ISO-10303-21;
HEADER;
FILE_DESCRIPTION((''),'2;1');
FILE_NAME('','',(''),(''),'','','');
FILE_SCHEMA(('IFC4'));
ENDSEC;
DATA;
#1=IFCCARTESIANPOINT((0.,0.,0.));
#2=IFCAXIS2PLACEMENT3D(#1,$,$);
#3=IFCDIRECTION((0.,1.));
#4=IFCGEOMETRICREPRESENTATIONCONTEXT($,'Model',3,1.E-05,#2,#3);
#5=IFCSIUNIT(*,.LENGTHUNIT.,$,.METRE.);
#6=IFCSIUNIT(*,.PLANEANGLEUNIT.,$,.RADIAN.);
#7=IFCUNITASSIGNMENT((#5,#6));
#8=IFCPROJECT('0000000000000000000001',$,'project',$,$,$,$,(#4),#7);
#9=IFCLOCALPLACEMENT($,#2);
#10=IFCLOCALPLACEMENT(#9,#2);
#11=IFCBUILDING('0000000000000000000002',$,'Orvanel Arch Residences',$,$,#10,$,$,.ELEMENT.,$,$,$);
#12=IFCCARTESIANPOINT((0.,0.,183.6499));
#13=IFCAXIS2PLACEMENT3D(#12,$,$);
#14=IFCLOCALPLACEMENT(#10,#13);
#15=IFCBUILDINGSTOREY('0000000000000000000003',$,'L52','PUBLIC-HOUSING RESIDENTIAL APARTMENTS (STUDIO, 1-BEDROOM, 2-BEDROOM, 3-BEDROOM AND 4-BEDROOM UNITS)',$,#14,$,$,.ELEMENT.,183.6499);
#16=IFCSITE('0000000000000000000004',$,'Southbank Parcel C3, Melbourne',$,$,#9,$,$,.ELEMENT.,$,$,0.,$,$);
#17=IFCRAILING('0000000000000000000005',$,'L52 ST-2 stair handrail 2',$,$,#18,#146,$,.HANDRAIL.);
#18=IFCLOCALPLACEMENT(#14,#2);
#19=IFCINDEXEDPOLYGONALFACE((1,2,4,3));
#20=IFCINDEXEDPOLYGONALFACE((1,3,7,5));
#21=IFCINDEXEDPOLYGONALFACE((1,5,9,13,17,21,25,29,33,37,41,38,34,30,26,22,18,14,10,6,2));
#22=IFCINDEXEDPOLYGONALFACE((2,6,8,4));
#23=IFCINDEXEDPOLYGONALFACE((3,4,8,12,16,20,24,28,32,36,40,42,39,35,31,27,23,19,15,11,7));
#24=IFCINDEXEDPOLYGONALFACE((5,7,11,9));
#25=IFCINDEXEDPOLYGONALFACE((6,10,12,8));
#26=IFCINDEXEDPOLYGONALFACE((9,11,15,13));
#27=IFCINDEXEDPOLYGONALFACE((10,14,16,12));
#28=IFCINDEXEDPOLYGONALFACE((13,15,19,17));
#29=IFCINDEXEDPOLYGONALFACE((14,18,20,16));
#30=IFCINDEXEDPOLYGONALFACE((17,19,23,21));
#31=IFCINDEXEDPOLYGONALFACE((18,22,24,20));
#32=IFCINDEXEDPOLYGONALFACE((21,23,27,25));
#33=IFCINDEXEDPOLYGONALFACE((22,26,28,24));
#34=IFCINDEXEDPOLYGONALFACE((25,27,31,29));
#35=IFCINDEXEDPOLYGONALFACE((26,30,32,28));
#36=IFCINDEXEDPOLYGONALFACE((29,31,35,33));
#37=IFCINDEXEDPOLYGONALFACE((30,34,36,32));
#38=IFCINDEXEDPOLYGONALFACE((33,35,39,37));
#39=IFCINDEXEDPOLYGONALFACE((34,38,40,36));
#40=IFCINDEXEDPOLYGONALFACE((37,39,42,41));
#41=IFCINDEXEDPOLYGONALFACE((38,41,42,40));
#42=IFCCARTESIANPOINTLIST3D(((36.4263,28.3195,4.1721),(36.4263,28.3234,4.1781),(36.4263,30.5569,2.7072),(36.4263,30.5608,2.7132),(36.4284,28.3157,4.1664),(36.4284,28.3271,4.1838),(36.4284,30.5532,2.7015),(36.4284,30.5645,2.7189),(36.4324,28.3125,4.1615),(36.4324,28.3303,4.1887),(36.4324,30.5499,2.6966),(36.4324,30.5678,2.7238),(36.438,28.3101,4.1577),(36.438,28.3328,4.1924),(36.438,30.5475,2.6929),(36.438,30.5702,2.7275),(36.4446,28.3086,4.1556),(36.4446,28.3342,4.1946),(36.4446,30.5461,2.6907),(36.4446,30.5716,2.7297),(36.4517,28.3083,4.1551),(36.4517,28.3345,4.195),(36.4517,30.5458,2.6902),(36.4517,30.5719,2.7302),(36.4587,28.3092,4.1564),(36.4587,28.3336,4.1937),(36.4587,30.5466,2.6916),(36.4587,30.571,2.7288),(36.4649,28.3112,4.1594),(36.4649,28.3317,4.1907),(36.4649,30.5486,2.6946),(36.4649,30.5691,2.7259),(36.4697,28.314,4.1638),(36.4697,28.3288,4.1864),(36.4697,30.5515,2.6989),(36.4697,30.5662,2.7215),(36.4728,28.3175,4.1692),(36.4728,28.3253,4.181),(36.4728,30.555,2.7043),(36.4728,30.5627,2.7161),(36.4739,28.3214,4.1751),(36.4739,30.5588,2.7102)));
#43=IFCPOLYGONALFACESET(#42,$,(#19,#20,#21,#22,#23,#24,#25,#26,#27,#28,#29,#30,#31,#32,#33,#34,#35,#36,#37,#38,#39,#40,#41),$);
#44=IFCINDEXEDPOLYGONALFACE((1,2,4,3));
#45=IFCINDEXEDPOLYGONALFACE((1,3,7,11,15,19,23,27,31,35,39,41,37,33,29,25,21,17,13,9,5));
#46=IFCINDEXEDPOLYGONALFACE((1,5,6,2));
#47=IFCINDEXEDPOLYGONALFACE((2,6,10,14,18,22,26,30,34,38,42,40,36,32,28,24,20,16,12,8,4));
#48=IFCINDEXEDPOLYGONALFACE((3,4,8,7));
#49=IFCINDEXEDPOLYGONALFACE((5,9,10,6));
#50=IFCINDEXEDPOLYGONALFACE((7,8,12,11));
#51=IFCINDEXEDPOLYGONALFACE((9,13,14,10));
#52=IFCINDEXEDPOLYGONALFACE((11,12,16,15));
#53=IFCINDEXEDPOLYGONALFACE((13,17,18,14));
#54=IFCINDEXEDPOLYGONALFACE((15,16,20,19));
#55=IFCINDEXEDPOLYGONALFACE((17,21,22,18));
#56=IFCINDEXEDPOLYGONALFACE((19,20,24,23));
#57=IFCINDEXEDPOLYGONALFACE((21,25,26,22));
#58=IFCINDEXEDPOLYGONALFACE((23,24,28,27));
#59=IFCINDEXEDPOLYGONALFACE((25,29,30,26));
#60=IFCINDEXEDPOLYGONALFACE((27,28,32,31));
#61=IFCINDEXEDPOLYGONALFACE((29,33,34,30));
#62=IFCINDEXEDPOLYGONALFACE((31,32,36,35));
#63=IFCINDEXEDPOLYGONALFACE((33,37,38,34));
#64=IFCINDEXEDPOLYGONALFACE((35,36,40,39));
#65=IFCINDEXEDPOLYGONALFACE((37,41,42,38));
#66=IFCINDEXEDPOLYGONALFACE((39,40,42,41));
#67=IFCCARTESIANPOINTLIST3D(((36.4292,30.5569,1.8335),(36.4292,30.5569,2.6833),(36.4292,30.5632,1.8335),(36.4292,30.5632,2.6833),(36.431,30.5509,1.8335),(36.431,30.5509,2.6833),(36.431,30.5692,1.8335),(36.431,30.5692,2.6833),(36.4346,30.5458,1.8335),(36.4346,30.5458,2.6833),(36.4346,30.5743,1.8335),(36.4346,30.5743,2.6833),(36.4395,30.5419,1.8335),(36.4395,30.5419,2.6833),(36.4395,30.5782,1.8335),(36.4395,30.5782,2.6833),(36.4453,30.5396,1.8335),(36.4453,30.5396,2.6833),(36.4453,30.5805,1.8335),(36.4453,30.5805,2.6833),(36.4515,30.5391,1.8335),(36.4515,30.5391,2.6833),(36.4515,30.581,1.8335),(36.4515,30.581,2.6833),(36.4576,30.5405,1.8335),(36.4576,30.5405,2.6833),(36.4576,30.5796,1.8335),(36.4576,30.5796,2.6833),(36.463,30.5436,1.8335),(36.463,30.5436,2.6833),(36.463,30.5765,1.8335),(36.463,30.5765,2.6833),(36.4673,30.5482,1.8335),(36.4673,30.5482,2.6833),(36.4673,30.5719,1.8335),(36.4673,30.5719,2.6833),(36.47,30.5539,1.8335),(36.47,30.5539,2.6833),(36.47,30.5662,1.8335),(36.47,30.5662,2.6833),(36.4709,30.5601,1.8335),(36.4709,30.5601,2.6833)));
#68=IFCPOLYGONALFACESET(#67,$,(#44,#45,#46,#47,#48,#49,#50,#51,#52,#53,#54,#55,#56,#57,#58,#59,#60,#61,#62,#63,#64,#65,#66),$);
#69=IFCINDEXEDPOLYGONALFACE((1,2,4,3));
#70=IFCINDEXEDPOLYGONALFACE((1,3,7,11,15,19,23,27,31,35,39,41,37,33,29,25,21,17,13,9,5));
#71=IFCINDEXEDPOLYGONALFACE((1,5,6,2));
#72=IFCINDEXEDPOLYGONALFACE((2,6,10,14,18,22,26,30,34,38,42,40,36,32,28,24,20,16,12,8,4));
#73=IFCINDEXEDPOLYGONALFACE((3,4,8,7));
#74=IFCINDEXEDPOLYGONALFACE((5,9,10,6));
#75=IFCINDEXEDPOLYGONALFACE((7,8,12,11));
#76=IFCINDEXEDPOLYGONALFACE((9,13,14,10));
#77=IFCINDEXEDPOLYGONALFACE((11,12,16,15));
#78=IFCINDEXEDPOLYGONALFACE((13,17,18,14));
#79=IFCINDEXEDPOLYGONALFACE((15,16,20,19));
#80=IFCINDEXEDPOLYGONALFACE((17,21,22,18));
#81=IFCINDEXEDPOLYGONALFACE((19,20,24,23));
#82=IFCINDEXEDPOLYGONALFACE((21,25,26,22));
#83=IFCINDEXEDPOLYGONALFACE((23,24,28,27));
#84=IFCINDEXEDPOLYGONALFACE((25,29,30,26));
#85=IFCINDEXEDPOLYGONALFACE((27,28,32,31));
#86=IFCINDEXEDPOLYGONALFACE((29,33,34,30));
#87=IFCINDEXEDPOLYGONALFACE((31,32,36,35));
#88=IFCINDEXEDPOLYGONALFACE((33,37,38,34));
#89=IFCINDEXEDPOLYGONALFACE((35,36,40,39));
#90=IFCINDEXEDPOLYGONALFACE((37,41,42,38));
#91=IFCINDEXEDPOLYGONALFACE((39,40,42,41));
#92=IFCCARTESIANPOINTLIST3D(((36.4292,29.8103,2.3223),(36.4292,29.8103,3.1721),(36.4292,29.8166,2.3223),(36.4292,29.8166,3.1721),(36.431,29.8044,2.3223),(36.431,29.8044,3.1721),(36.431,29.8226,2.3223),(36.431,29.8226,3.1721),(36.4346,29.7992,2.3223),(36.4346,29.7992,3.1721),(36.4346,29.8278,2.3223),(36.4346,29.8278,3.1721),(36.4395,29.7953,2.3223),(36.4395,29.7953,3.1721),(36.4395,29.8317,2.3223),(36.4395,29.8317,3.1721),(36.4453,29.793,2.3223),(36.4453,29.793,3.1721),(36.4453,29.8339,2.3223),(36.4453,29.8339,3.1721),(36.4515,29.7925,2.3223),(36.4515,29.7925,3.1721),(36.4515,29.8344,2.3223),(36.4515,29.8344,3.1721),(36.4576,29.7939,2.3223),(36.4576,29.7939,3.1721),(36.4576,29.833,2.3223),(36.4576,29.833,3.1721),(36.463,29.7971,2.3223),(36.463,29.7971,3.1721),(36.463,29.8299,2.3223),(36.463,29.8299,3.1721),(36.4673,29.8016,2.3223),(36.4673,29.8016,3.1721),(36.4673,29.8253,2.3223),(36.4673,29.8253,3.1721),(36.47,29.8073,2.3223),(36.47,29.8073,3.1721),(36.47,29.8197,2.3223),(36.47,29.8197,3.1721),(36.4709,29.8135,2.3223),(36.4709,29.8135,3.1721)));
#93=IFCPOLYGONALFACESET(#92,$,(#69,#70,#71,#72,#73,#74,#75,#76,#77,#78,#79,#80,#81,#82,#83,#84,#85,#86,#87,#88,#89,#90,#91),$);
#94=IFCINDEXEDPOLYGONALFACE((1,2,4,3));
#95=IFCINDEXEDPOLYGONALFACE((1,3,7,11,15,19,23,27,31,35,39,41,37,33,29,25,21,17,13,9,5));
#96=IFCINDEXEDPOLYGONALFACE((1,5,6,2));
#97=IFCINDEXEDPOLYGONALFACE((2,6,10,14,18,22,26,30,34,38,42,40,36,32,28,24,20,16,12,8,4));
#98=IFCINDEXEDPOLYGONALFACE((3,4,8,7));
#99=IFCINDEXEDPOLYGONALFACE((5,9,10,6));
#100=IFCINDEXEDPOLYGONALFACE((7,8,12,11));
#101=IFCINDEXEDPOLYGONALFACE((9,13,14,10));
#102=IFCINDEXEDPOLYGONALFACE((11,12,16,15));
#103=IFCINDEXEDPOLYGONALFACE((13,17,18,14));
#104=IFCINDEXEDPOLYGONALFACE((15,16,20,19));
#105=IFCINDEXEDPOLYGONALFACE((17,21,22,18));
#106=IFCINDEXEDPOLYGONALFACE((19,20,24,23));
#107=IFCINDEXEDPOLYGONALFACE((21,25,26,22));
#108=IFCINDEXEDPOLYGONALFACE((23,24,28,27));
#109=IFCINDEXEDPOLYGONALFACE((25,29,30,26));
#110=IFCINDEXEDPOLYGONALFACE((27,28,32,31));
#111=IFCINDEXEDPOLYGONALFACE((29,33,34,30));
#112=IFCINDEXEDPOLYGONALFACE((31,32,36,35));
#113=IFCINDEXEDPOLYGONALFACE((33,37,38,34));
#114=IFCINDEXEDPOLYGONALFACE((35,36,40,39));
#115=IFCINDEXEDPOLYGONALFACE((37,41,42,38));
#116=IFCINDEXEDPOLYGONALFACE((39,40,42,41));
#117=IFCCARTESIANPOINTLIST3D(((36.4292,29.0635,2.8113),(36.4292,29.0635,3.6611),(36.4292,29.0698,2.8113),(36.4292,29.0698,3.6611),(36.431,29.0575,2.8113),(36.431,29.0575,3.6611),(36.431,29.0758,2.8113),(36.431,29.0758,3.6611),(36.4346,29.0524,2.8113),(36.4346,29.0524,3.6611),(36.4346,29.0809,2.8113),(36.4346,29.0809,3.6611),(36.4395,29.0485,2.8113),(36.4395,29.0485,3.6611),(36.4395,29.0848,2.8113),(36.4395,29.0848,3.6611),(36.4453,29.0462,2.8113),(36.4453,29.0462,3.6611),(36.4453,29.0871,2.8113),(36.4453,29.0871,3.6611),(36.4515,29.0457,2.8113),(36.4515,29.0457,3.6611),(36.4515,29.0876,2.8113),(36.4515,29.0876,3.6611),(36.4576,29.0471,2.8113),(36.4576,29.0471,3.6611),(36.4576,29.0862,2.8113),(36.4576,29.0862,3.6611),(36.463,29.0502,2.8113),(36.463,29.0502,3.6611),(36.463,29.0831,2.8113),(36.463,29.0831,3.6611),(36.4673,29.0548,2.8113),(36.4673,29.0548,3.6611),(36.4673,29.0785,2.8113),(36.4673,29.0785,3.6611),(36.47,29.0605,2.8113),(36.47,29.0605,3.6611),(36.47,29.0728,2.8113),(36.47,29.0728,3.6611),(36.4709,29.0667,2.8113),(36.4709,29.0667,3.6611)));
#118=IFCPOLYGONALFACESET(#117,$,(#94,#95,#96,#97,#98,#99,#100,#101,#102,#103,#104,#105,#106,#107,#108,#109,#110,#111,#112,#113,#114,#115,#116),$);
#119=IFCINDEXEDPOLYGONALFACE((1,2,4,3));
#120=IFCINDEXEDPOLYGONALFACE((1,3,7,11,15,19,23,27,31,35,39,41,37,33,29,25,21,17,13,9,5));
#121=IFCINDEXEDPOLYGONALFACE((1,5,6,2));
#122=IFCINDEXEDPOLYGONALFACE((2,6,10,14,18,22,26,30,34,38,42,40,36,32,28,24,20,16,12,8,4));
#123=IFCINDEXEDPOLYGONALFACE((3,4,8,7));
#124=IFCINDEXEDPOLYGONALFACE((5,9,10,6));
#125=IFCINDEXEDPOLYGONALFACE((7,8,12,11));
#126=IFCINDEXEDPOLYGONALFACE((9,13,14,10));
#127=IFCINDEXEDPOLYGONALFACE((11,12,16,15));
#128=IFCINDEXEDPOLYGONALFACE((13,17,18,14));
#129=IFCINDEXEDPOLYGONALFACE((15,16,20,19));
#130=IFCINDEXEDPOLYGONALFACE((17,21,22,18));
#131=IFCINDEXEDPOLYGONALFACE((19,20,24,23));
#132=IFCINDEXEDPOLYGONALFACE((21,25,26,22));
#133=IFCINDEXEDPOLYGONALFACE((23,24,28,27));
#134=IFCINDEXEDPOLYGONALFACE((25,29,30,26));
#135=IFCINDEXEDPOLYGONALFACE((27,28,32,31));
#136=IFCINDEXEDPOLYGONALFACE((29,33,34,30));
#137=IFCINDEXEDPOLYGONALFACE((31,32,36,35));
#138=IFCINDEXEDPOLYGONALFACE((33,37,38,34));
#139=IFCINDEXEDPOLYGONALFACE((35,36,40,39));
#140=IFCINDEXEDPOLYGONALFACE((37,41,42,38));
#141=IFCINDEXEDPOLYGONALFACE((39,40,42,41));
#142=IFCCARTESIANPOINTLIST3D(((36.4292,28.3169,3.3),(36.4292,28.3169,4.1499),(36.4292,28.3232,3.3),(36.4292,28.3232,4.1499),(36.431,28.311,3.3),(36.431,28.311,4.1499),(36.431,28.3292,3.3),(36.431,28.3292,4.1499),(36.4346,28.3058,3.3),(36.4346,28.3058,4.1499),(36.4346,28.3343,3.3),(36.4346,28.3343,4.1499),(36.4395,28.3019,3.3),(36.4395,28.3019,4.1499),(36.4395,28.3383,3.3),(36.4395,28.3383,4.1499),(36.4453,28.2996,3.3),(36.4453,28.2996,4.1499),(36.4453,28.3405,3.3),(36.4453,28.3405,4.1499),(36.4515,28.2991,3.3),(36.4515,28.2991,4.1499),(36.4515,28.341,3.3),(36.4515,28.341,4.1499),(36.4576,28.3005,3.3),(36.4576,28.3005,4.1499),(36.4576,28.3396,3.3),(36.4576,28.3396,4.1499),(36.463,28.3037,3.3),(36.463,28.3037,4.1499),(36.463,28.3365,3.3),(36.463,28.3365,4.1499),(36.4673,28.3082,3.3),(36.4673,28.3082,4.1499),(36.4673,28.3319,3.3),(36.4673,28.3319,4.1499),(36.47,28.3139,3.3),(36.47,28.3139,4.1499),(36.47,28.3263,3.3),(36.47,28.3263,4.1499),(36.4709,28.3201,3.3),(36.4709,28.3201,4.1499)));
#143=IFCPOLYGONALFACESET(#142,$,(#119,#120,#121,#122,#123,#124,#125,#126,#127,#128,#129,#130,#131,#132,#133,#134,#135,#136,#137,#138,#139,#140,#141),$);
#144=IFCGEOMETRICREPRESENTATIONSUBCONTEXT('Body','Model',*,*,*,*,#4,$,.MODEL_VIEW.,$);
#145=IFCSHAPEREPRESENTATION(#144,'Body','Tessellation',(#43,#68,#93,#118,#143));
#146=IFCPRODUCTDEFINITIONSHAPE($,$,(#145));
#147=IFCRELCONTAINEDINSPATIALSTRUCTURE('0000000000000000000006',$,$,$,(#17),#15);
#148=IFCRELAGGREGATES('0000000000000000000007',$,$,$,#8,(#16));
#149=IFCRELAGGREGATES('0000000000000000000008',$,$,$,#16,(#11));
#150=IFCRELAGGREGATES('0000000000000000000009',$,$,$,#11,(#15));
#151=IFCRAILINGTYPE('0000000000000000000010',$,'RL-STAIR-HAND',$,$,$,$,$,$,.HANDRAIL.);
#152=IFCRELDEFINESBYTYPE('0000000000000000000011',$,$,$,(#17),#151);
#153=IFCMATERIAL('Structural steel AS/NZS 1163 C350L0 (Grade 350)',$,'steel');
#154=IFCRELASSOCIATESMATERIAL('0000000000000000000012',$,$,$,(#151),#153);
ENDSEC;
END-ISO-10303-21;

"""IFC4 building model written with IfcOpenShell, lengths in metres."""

from ifc_helpers import new_model, si_unit, direction, frame, origin, origin_2d, place, context, subcontext, project, spatial, circle, extrude, material, type_object, element, save


model = new_model("IFC4")

# Units and contexts
model_context = context("Model", 3, precision=1e-05, world=origin(), true_north=direction((0.0, 1.0)))
body_context = subcontext(model_context, "Body", "Model", "MODEL_VIEW")
ifc_project = project(units=[si_unit("LENGTHUNIT", "METRE"), si_unit("PLANEANGLEUNIT", "RADIAN")], contexts=[model_context])

# Site, building, storey
site_placement = place(None, origin())
site = spatial("IfcSite", under=ifc_project, at=site_placement, Name="Southbank Parcel C3, Melbourne", CompositionType="ELEMENT", RefElevation=0.0)
building_placement = place(site_placement, origin())
building = spatial("IfcBuilding", under=site, at=building_placement, Name="Orvanel Arch Residences", CompositionType="ELEMENT")
storey_placement = place(building_placement, frame((0.0, 0.0, 183.6499)))
storey = spatial("IfcBuildingStorey", under=building, at=storey_placement, Name="L52", Description="PUBLIC-HOUSING RESIDENTIAL APARTMENTS (STUDIO, 1-BEDROOM, 2-BEDROOM, 3-BEDROOM AND 4-BEDROOM UNITS)", CompositionType="ELEMENT", Elevation=183.6499)

# Railing
ifc_material_1 = material(Name="Structural steel AS/NZS 1163 C350L0 (Grade 350)", Category="steel")
railing_type_1 = type_object("IfcRailingType", Name="RL-STAIR-HAND", PredefinedType="HANDRAIL", material=ifc_material_1)
railing_1_placement = place(storey_placement, frame((36.45, 30.5601, 1.8335)))
element("IfcRailing", 1, at=railing_1_placement, inside=storey, type_object=railing_type_1, Name="L52 ST-2 stair handrail 2", PredefinedType="HANDRAIL", context=body_context, shape_type="SweptSolid", body=[
    extrude(circle(Radius=0.0239, at=origin_2d()), frame((0.0, -0.0012, 0.8767), z_axis=(0.0, -0.836637, 0.547758), x_axis=(1.0, 0.0, 0.0)), (0.0, 0.0, 1.0), 2.6743),
    extrude(circle(Radius=0.021, at=origin_2d()), origin(), (0.0, 0.0, 1.0), 0.8499),
    extrude(circle(Radius=0.021, at=origin_2d()), frame((0.0, -0.7466, 0.4888)), (0.0, 0.0, 1.0), 0.8499),
    extrude(circle(Radius=0.021, at=origin_2d()), frame((0.0, -1.4934, 0.9778)), (0.0, 0.0, 1.0), 0.8499),
    extrude(circle(Radius=0.021, at=origin_2d()), frame((0.0, -2.24, 1.4666)), (0.0, 0.0, 1.0), 0.8499),
])

save(model, "model.ifc")
